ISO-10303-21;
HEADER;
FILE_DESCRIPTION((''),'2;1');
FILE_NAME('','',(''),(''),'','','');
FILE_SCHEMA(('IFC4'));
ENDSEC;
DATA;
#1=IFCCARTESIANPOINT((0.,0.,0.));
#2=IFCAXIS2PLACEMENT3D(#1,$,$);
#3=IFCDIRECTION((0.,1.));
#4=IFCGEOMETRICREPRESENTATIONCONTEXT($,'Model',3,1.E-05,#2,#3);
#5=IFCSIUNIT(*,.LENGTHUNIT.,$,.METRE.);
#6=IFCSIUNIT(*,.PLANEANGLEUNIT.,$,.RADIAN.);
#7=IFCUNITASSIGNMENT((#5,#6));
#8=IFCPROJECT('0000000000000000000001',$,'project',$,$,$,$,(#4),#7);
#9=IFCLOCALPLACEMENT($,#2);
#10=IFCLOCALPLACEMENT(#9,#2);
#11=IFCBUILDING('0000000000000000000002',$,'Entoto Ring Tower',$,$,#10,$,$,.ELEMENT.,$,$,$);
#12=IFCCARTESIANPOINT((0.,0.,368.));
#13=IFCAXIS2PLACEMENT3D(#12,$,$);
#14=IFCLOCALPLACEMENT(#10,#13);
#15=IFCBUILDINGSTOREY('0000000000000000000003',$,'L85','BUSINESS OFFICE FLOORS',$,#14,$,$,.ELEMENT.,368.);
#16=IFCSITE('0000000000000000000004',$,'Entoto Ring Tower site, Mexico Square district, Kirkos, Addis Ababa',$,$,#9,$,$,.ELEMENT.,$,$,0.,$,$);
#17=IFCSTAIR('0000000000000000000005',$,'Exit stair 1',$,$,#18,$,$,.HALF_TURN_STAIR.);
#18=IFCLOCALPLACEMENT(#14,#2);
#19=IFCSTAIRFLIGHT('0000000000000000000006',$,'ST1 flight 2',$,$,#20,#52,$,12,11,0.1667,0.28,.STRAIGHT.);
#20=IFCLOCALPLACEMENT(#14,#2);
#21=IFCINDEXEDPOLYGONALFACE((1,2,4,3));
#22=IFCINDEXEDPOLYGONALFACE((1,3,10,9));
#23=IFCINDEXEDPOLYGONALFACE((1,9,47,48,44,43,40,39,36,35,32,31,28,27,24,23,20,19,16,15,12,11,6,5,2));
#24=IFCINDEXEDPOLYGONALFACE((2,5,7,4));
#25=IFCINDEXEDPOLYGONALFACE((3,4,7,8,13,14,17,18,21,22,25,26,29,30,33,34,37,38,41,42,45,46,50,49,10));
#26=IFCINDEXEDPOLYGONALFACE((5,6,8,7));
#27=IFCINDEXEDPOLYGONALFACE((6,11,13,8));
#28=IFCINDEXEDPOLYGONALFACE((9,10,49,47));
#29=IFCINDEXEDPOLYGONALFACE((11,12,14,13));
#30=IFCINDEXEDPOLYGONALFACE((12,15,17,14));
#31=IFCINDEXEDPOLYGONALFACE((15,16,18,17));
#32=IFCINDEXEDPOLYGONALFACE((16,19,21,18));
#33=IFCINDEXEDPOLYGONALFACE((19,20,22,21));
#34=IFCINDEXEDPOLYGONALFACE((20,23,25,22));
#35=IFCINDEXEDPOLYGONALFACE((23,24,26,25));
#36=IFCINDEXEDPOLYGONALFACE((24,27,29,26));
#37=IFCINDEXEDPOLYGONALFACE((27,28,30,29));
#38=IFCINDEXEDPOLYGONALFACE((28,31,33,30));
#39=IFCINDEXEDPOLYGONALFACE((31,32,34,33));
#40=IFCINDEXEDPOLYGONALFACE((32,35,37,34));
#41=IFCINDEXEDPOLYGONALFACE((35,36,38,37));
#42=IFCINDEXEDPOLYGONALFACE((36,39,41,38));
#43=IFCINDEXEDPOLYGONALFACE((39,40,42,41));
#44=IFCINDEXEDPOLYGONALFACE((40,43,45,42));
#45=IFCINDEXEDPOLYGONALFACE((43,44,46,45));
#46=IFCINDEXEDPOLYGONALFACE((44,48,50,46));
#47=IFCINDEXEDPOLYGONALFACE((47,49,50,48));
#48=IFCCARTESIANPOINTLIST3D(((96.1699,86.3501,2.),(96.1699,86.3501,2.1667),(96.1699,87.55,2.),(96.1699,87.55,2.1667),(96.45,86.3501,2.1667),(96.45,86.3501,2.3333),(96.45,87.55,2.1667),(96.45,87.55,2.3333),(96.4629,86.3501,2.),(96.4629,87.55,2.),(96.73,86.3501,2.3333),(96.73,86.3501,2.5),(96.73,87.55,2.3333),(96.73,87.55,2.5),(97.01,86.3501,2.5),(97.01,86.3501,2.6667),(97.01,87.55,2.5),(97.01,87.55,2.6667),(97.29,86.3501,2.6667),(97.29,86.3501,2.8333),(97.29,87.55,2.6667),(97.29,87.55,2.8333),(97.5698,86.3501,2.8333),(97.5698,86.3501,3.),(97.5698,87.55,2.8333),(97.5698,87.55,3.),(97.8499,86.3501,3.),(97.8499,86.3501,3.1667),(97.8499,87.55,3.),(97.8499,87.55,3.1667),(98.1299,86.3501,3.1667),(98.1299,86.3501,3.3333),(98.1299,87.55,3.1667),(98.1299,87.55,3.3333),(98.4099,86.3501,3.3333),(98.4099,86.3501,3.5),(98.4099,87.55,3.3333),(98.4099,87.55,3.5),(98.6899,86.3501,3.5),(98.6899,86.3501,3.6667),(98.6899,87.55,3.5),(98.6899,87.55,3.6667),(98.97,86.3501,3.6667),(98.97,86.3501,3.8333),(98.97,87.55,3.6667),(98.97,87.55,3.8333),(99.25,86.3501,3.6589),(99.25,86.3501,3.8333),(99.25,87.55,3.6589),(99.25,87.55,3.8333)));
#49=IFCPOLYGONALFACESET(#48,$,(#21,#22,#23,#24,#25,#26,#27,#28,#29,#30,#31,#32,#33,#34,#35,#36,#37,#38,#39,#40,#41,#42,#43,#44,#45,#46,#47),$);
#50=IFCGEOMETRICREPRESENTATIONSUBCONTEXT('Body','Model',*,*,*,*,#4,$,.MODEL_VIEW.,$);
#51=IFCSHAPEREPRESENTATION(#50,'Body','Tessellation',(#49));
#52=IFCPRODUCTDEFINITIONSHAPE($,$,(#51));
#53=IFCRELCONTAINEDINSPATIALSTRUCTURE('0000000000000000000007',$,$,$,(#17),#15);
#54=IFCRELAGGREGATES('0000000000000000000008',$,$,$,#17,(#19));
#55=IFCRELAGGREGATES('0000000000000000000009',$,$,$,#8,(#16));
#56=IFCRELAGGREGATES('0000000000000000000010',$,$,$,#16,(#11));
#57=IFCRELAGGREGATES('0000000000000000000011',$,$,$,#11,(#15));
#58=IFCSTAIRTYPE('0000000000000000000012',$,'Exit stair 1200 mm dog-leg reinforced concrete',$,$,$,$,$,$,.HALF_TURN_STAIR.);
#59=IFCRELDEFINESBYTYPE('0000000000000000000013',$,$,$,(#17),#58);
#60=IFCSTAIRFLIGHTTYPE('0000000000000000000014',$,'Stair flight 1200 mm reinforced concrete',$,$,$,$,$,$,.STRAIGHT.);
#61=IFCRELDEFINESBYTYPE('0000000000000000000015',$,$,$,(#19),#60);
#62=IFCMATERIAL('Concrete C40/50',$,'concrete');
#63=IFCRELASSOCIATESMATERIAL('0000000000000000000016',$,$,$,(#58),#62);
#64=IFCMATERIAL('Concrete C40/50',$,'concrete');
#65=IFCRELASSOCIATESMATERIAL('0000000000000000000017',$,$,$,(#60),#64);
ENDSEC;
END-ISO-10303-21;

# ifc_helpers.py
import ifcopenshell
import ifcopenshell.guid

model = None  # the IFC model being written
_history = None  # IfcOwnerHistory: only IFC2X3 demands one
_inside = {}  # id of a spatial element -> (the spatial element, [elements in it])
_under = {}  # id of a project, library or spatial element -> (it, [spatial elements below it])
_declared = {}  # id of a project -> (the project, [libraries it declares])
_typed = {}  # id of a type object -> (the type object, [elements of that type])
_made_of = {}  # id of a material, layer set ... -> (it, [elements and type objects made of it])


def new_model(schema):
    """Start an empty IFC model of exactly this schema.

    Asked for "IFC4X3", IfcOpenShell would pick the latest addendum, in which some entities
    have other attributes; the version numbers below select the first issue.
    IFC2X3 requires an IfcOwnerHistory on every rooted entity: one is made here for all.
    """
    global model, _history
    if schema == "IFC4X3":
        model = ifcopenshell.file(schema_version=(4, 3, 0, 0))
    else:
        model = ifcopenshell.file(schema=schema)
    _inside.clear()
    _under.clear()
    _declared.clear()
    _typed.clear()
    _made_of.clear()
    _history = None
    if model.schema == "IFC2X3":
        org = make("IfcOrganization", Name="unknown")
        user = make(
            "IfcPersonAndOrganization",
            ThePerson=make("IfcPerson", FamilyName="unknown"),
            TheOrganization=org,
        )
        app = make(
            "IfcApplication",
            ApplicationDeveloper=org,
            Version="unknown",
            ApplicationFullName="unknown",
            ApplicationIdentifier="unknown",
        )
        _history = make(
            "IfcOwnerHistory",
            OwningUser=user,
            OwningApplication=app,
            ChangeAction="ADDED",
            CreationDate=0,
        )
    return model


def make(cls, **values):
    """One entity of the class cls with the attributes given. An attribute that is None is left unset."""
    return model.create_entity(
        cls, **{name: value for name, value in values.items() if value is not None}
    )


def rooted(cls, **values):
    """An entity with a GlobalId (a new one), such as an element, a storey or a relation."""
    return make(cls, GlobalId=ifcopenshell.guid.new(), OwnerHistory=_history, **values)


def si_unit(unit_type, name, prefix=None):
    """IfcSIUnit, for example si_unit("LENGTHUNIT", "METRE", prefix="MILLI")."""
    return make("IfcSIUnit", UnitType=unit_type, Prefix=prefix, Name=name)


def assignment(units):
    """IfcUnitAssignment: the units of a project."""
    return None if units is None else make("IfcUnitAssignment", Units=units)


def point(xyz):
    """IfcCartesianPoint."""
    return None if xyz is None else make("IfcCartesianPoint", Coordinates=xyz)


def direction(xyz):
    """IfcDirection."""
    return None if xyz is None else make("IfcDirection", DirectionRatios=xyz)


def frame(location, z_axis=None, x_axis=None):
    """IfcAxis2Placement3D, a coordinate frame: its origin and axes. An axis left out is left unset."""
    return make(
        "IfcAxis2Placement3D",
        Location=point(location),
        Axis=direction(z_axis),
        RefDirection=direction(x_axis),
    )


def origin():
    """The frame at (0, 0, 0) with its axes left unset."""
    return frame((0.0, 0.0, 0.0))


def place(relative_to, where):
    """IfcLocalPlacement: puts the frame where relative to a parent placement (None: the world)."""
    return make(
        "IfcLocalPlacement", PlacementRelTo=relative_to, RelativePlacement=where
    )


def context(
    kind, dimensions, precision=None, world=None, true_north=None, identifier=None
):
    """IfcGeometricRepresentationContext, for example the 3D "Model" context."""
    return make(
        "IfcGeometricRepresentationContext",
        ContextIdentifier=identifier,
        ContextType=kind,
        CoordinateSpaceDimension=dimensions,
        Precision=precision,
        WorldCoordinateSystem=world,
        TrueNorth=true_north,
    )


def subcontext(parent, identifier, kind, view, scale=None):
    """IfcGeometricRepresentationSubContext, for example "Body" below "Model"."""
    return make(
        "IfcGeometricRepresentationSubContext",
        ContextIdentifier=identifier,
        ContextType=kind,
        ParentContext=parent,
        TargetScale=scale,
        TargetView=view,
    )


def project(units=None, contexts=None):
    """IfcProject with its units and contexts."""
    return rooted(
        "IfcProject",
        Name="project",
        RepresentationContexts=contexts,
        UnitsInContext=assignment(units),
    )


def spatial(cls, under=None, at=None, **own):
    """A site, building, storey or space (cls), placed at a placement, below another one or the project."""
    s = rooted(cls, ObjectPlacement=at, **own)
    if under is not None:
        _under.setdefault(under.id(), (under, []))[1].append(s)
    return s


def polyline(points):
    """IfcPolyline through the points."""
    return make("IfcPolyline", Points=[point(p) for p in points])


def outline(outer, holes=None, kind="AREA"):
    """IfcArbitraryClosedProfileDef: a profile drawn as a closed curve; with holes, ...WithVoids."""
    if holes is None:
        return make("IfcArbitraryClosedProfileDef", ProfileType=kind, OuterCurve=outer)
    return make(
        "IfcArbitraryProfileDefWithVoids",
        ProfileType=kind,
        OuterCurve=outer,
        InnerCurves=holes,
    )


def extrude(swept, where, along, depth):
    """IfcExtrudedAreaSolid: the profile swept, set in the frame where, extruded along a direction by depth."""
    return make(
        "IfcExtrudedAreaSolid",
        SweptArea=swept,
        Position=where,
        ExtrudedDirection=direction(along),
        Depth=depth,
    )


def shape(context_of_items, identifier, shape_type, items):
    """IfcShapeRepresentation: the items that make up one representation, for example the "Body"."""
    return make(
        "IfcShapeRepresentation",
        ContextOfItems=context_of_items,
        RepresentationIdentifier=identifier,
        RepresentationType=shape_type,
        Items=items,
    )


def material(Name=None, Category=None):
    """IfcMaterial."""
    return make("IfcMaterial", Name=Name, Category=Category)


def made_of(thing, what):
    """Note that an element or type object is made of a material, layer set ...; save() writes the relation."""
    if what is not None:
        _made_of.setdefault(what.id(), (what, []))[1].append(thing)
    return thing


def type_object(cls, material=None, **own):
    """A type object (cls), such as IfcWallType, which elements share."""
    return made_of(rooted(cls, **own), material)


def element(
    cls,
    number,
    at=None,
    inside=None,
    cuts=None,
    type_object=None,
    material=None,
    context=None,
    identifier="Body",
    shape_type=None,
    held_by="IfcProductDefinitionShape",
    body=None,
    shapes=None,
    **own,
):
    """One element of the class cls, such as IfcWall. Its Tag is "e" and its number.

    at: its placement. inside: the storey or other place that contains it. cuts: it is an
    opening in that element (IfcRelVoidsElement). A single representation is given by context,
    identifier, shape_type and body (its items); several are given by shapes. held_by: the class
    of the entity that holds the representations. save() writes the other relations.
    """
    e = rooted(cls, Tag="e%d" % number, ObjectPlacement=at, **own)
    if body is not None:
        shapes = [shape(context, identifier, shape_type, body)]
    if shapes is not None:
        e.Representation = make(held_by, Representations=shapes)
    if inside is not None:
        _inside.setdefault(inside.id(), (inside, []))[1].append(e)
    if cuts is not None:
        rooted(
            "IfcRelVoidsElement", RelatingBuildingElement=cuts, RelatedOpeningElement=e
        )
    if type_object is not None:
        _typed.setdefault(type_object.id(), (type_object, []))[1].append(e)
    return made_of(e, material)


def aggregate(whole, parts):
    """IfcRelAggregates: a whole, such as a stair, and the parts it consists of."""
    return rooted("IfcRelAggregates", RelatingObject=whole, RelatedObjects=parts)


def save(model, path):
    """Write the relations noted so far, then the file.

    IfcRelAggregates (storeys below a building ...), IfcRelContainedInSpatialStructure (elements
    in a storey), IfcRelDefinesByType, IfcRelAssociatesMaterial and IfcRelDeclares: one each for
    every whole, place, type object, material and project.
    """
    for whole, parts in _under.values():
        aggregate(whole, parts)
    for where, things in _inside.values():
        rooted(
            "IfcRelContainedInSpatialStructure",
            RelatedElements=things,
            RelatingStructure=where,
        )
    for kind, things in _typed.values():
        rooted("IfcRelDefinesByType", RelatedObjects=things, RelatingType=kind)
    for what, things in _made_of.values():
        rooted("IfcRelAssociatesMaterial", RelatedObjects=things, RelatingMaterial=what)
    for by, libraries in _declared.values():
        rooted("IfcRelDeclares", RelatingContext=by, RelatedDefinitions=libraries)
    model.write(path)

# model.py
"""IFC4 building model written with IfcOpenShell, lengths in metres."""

from ifc_helpers import new_model, si_unit, direction, frame, origin, place, context, subcontext, project, spatial, polyline, outline, extrude, material, type_object, element, aggregate, save


model = new_model("IFC4")

# Units and contexts
model_context = context("Model", 3, precision=1e-05, world=origin(), true_north=direction((0.0, 1.0)))
body_context = subcontext(model_context, "Body", "Model", "MODEL_VIEW")
ifc_project = project(units=[si_unit("LENGTHUNIT", "METRE"), si_unit("PLANEANGLEUNIT", "RADIAN")], contexts=[model_context])

# Site, building, storey
site_placement = place(None, origin())
site = spatial("IfcSite", under=ifc_project, at=site_placement, Name="Entoto Ring Tower site, Mexico Square district, Kirkos, Addis Ababa", CompositionType="ELEMENT", RefElevation=0.0)
building_placement = place(site_placement, origin())
building = spatial("IfcBuilding", under=site, at=building_placement, Name="Entoto Ring Tower", CompositionType="ELEMENT")
storey_placement = place(building_placement, frame((0.0, 0.0, 368.0)))
storey = spatial("IfcBuildingStorey", under=building, at=storey_placement, Name="L85", Description="BUSINESS OFFICE FLOORS", CompositionType="ELEMENT", Elevation=368.0)

# Stair, stair flight
ifc_material_1 = material(Name="Concrete C40/50", Category="concrete")
stair_type = type_object("IfcStairType", Name="Exit stair 1200 mm dog-leg reinforced concrete", PredefinedType="HALF_TURN_STAIR", material=ifc_material_1)
stair_placement = place(storey_placement, origin())
stair = element("IfcStair", 1, at=stair_placement, inside=storey, type_object=stair_type, Name="Exit stair 1", PredefinedType="HALF_TURN_STAIR")
ifc_material_2 = material(Name="Concrete C40/50", Category="concrete")
stair_flight_type = type_object("IfcStairFlightType", Name="Stair flight 1200 mm reinforced concrete", PredefinedType="STRAIGHT", material=ifc_material_2)
stair_flight_1_placement = place(storey_placement, frame((96.1699, 86.95, 2.0), z_axis=(0.0, 0.0, 1.0), x_axis=(1.0, 0.0, 0.0)))
stair_flight_1 = element("IfcStairFlight", 2, at=stair_flight_1_placement, type_object=stair_flight_type, Name="ST1 flight 2", NumberOfRisers=12, NumberOfTreads=11, PredefinedType="STRAIGHT", RiserHeight=0.1667, TreadLength=0.28, context=body_context, shape_type="SweptSolid", body=[
    extrude(outline(polyline([(0.0, 0.0), (0.0, 0.1667), (0.28, 0.1667), (0.28, 0.3333), (0.5601, 0.3333), (0.5601, 0.5), (0.8401, 0.5), (0.8401, 0.6667), (1.1201, 0.6667), (1.1201, 0.8333), (1.3999, 0.8333), (1.3999, 1.0), (1.6799, 1.0), (1.6799, 1.1667), (1.96, 1.1667), (1.96, 1.3333), (2.24, 1.3333), (2.24, 1.5), (2.52, 1.5), (2.52, 1.6667), (2.8, 1.6667), (2.8, 1.8333), (3.0801, 1.8333), (3.0801, 2.0), (3.0801, 1.6589), (0.293, 0.0), (0.0, 0.0)])), frame((0.0, 0.6001, 0.0), z_axis=(0.0, -1.0, 0.0), x_axis=(1.0, 0.0, 0.0)), (0.0, 0.0, 1.0), 1.2),
])
aggregate(stair, [stair_flight_1])

save(model, "model.ifc")
